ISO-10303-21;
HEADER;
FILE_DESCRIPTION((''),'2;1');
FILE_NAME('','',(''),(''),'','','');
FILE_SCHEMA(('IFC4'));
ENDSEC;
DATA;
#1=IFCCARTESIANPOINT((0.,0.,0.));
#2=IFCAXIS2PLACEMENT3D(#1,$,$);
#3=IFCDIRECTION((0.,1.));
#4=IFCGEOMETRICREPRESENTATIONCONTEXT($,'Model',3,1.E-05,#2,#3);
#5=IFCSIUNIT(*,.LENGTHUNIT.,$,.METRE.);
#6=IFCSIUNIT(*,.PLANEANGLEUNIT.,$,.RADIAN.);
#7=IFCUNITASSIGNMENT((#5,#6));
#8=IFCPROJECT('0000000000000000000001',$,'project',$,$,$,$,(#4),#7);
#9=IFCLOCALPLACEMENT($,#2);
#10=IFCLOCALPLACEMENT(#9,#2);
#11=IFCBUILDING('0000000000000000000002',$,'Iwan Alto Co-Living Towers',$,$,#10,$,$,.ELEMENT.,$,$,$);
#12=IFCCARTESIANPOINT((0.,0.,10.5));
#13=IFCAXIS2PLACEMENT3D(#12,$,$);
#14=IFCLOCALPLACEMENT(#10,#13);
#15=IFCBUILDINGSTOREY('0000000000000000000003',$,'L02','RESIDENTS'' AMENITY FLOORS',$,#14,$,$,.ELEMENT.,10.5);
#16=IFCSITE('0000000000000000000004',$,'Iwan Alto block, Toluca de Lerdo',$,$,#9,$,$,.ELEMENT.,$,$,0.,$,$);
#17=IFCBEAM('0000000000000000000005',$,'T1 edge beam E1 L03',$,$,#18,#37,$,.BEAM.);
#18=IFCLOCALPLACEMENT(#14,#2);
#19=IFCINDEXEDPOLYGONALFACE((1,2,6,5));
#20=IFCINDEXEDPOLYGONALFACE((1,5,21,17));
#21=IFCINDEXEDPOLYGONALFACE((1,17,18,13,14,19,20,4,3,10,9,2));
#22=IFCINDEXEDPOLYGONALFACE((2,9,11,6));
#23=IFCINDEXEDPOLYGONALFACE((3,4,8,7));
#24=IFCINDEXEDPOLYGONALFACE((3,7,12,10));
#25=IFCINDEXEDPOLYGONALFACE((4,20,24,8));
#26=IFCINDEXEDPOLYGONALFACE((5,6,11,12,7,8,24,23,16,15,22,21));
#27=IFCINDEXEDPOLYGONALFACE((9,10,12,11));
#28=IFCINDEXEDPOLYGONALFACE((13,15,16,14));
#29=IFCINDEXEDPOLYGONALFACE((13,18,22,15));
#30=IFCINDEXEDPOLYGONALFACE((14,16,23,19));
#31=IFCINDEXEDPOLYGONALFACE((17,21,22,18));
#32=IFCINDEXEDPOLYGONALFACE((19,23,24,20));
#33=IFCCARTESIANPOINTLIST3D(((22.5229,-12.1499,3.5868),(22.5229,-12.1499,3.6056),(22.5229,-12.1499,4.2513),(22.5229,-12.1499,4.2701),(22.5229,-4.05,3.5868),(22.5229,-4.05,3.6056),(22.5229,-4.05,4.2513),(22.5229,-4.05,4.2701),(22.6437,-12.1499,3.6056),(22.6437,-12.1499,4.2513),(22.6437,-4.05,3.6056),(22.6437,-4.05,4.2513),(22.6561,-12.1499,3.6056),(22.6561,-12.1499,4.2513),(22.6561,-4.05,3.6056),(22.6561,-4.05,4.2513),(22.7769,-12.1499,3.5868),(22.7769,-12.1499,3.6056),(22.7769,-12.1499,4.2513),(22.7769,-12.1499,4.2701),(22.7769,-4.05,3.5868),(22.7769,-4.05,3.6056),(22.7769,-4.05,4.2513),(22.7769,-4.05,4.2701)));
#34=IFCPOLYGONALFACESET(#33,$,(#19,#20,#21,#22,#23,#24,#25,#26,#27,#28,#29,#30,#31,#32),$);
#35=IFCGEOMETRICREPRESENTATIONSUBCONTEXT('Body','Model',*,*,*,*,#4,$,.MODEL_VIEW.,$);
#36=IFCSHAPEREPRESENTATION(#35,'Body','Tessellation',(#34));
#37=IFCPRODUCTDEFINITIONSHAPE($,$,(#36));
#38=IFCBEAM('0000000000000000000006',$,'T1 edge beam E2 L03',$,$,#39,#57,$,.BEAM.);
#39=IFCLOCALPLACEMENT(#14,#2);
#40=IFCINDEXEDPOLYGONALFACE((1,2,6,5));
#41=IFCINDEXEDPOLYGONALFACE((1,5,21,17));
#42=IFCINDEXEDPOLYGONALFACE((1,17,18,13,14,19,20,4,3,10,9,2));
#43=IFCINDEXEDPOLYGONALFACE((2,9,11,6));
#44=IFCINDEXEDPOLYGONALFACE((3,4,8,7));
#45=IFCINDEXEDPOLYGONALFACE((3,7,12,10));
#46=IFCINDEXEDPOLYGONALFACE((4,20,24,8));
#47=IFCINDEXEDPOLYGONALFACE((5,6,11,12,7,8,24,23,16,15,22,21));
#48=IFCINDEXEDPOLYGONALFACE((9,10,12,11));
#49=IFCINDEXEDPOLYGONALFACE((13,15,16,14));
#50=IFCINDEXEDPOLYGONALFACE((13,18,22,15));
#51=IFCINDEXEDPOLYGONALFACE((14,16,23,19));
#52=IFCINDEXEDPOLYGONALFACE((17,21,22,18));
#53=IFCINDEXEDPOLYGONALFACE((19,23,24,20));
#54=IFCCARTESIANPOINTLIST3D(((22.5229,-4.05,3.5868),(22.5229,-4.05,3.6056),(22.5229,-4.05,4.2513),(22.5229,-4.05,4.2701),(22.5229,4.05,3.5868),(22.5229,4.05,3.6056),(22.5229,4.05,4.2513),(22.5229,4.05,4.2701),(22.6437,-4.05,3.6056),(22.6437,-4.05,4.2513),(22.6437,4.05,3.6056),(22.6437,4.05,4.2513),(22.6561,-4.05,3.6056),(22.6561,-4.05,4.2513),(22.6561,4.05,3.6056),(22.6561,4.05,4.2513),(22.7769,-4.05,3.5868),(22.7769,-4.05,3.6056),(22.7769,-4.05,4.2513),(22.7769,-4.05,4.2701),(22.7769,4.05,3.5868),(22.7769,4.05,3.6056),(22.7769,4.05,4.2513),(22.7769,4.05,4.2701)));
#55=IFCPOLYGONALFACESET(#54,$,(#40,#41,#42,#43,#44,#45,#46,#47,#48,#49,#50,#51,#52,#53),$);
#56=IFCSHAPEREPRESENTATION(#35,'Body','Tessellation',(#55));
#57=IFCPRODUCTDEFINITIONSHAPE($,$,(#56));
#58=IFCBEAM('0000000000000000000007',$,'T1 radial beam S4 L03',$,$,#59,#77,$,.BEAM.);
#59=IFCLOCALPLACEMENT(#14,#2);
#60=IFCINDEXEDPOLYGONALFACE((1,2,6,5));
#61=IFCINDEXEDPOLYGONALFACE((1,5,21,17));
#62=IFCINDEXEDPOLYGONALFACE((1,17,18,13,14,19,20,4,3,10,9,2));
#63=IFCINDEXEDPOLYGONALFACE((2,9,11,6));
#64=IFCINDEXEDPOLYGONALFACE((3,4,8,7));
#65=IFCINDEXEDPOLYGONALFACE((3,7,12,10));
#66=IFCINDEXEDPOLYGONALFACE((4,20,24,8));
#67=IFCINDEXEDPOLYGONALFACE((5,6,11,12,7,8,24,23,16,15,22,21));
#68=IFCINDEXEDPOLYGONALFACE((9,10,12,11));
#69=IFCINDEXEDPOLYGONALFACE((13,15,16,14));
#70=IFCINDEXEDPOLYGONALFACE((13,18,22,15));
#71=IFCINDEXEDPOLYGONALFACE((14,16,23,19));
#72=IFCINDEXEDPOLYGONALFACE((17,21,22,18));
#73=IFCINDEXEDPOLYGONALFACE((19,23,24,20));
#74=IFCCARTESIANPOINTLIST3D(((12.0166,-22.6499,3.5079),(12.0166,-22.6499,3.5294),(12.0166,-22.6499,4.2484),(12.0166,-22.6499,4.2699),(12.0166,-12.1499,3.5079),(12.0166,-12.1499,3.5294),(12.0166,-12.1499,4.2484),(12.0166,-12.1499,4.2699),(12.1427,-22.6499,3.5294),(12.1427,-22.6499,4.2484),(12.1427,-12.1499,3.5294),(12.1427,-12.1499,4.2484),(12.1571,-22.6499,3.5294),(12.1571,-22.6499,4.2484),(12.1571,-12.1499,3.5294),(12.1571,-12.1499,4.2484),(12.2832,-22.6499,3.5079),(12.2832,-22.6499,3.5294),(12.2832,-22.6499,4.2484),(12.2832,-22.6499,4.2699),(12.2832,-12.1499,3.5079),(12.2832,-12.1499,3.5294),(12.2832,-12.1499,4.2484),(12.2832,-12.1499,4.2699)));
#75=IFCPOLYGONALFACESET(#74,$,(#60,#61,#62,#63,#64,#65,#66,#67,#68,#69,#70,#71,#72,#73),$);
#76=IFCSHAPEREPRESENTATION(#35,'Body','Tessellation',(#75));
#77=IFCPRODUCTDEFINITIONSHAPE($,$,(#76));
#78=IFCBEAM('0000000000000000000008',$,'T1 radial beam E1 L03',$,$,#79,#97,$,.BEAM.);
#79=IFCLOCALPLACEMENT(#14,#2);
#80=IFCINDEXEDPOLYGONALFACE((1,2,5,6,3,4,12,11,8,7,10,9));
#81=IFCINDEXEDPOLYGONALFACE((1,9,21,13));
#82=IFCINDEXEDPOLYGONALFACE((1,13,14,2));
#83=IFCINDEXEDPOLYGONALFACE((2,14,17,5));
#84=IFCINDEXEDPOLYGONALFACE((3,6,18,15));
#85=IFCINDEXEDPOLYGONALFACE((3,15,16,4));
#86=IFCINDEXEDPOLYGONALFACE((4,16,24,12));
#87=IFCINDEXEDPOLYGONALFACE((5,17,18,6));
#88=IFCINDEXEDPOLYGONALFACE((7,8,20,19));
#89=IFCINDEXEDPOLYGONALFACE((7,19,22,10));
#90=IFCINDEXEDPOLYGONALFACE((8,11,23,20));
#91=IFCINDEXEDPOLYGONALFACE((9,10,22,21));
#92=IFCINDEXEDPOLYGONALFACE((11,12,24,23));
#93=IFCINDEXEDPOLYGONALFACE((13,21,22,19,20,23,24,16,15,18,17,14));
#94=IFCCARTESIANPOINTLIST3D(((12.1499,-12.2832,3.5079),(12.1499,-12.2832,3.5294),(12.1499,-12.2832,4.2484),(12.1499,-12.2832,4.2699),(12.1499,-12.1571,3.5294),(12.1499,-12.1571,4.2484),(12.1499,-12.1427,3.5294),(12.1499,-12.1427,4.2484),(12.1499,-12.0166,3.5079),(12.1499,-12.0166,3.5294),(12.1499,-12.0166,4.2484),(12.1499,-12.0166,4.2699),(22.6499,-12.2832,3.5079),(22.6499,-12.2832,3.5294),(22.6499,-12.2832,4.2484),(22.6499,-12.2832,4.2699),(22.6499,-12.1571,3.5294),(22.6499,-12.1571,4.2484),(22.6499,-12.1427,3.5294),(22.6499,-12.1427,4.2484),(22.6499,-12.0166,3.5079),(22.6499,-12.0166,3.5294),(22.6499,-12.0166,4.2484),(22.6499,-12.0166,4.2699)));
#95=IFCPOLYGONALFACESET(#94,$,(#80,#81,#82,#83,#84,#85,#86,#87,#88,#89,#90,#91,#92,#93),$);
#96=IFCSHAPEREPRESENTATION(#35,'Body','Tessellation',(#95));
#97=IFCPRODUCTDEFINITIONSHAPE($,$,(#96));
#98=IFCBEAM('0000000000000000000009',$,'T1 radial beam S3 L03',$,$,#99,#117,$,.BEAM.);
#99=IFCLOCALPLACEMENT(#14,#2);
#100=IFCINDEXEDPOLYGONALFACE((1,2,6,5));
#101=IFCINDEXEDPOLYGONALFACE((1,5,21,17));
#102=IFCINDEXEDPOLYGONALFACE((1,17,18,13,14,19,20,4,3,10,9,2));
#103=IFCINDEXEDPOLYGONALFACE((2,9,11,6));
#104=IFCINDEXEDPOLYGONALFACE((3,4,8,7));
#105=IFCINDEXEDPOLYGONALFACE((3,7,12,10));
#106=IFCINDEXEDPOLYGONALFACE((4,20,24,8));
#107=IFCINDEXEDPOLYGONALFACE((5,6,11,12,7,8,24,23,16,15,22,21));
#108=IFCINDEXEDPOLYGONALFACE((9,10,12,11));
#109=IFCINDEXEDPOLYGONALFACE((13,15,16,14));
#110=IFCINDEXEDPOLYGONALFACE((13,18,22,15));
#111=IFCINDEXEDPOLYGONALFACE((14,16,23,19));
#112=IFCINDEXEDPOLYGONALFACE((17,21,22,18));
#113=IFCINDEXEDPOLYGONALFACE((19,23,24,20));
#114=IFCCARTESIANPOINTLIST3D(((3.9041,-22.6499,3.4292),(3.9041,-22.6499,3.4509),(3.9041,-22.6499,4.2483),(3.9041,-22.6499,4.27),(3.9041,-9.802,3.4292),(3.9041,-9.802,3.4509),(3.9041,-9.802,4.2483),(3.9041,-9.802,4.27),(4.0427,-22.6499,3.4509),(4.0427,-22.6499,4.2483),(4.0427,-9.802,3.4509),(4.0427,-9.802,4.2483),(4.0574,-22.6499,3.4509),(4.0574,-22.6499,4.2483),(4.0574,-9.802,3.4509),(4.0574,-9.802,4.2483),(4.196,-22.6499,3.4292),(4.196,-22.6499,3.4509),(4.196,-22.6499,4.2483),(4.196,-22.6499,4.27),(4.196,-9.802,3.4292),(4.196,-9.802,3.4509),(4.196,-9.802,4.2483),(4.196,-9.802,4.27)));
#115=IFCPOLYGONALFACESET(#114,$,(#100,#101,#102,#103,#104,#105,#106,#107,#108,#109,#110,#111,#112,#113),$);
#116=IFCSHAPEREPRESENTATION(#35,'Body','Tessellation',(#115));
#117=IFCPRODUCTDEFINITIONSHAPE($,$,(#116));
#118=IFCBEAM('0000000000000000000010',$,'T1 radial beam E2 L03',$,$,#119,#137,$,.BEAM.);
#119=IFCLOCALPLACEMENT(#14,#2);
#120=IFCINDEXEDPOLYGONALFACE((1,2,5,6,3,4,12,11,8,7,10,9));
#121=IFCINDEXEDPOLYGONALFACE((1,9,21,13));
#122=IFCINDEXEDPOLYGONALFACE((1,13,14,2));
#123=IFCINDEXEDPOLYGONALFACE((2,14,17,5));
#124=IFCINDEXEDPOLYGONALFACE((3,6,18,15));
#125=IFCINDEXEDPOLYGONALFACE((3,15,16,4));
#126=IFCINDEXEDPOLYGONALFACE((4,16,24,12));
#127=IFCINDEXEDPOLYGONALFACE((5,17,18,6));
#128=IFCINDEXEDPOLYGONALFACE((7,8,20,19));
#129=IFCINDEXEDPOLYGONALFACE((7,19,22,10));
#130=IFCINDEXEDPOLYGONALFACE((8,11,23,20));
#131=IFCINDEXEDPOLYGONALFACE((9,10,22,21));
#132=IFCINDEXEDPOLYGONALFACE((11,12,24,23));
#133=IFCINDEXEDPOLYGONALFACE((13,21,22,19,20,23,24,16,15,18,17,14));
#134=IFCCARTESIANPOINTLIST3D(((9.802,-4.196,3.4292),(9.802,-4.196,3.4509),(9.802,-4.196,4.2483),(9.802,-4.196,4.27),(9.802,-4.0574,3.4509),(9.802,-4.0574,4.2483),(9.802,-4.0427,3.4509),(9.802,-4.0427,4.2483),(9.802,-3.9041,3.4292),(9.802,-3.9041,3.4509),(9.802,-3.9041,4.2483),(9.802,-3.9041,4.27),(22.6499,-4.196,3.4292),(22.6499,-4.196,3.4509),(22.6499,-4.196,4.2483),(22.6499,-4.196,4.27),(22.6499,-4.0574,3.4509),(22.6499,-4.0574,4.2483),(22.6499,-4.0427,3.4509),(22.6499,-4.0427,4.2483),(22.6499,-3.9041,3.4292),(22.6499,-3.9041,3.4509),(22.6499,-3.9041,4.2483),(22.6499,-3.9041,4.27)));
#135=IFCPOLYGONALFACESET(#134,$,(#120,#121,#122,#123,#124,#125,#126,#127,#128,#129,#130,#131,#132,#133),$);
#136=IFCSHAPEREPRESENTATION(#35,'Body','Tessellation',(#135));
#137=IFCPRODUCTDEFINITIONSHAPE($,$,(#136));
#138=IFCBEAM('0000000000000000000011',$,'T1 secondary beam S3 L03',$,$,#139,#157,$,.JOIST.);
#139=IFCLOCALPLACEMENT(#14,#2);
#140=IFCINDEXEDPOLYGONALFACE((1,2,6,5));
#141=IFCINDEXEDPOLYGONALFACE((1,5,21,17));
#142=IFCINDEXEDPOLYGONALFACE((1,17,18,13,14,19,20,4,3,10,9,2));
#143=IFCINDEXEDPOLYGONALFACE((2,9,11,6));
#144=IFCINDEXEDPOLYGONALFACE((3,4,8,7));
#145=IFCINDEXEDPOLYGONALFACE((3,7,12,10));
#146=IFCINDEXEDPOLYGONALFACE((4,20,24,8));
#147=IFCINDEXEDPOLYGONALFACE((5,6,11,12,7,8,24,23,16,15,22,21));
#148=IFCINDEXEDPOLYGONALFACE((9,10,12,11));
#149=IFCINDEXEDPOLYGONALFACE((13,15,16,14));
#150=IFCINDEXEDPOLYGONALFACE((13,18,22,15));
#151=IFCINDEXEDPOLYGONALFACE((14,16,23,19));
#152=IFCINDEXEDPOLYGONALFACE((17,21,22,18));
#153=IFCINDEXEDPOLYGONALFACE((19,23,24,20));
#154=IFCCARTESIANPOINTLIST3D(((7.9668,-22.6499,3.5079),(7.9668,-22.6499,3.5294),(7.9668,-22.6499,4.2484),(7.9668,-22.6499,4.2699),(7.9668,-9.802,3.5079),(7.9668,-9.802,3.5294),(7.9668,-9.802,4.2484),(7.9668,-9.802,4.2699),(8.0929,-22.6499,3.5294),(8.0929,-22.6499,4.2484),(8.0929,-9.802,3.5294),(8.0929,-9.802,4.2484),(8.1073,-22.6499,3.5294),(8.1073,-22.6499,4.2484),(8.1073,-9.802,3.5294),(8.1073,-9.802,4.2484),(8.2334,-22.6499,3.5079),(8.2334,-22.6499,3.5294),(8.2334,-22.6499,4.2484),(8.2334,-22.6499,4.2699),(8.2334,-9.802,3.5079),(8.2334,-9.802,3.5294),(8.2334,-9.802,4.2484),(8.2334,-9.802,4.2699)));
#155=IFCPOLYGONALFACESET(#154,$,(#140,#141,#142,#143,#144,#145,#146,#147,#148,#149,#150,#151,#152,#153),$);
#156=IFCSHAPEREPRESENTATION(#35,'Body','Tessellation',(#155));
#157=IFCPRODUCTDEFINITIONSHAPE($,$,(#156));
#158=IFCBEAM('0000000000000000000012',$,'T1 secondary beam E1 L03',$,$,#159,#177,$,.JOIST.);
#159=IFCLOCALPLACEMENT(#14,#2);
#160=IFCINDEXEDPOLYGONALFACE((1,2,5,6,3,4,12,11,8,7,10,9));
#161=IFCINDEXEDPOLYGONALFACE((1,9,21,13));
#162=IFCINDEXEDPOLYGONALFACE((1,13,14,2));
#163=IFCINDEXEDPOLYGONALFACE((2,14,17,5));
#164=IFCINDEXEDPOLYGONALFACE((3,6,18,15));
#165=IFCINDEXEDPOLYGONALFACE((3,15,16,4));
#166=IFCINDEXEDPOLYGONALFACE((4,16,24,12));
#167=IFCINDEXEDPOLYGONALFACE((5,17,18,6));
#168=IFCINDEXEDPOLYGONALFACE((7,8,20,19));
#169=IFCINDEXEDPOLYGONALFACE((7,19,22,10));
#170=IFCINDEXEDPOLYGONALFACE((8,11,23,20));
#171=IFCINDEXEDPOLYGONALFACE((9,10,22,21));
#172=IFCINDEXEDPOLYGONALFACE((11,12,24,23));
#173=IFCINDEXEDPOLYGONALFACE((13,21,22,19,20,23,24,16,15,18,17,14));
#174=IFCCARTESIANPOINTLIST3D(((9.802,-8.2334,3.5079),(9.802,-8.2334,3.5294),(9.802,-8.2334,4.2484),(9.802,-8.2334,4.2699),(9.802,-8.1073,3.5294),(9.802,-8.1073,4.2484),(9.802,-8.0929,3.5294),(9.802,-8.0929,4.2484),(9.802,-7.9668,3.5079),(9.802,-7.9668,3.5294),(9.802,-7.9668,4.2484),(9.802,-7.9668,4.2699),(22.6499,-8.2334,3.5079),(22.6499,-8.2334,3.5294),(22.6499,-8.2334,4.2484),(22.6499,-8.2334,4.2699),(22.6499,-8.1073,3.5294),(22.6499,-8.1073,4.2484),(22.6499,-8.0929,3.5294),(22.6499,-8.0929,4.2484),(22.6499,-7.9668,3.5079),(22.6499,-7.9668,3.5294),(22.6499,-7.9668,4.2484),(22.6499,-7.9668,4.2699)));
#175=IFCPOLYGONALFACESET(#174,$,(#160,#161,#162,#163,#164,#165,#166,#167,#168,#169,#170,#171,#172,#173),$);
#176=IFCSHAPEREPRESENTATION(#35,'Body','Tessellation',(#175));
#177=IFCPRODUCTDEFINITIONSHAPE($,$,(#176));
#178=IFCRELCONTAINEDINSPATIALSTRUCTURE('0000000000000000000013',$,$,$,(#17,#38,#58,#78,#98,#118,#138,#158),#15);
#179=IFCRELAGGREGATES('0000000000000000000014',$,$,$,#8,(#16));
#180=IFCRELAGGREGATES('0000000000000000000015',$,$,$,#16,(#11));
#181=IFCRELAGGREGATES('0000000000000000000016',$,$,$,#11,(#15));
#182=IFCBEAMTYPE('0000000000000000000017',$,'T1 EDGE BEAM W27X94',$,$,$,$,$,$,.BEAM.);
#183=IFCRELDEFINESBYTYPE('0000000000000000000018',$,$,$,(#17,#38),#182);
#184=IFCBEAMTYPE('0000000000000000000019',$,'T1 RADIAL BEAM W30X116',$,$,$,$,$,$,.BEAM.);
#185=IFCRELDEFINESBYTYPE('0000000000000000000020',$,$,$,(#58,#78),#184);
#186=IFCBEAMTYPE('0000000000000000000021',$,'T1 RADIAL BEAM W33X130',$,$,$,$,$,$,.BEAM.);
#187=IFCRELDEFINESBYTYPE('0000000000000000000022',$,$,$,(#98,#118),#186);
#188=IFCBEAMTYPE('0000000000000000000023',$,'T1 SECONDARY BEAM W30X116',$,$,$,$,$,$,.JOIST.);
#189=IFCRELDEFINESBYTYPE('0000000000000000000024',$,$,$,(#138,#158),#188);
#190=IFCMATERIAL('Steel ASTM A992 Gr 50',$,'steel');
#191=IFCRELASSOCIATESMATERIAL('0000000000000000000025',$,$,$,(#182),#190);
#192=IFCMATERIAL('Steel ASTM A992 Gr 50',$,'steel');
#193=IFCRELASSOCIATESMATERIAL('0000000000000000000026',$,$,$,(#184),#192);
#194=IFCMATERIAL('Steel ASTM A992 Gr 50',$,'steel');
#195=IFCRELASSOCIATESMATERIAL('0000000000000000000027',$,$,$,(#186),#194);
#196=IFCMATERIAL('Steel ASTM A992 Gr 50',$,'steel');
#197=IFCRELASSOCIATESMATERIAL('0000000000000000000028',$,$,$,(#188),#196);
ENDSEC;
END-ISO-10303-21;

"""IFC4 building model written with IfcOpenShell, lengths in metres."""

from ifc_helpers import new_model, si_unit, direction, frame, origin, origin_2d, place, context, subcontext, project, spatial, i_section, extrude, material, material_profile, profile_set, type_object, element, save


model = new_model("IFC4")

# Units and contexts
model_context = context("Model", 3, precision=1e-05, world=origin(), true_north=direction((0.0, 1.0)))
body_context = subcontext(model_context, "Body", "Model", "MODEL_VIEW")
ifc_project = project(units=[si_unit("LENGTHUNIT", "METRE"), si_unit("PLANEANGLEUNIT", "RADIAN")], contexts=[model_context])

# Site, building, storey
site_placement = place(None, origin())
site = spatial("IfcSite", under=ifc_project, at=site_placement, Name="Iwan Alto block, Toluca de Lerdo", CompositionType="ELEMENT", RefElevation=0.0)
building_placement = place(site_placement, origin())
building = spatial("IfcBuilding", under=site, at=building_placement, Name="Iwan Alto Co-Living Towers", CompositionType="ELEMENT")
storey_placement = place(building_placement, frame((0.0, 0.0, 10.5)))
storey = spatial("IfcBuildingStorey", under=building, at=storey_placement, Name="L02", Description="RESIDENTS' AMENITY FLOORS", CompositionType="ELEMENT", Elevation=10.5)

# Beams
ifc_material_1 = material(Name="Steel ASTM A992 Gr 50", Category="steel")
ifc_material_profile_1 = material_profile(ifc_material_1, i_section(OverallWidth=0.2539, OverallDepth=0.6833, WebThickness=0.0125, FlangeThickness=0.0188, at=origin_2d()), Name="W27X94")
ifc_profile_set_1 = profile_set([ifc_material_profile_1], Name="Steel ASTM A992 Gr 50")
beam_type_1 = type_object("IfcBeamType", Name="T1 EDGE BEAM W27X94", PredefinedType="BEAM", material=ifc_profile_set_1)
beam_1_placement = place(storey_placement, frame((22.6499, -12.1499, 3.9285), z_axis=(0.0, 1.0, 0.0), x_axis=(-1.0, 0.0, 0.0)))
element("IfcBeam", 1, at=beam_1_placement, inside=storey, type_object=beam_type_1, Name="T1 edge beam E1 L03", PredefinedType="BEAM", context=body_context, shape_type="SweptSolid", body=[
    extrude(i_section(OverallWidth=0.2539, OverallDepth=0.6833, WebThickness=0.0125, FlangeThickness=0.0188, at=origin_2d()), origin(), (0.0, 0.0, 1.0), 8.0999),
])
beam_2_placement = place(storey_placement, frame((22.6499, -4.05, 3.9285), z_axis=(0.0, 1.0, 0.0), x_axis=(-1.0, 0.0, 0.0)))
element("IfcBeam", 2, at=beam_2_placement, inside=storey, type_object=beam_type_1, Name="T1 edge beam E2 L03", PredefinedType="BEAM", context=body_context, shape_type="SweptSolid", body=[
    extrude(i_section(OverallWidth=0.2539, OverallDepth=0.6833, WebThickness=0.0125, FlangeThickness=0.0188, at=origin_2d()), origin(), (0.0, 0.0, 1.0), 8.1001),
])
ifc_material_2 = material(Name="Steel ASTM A992 Gr 50", Category="steel")
ifc_material_profile_2 = material_profile(ifc_material_2, i_section(OverallWidth=0.2666, OverallDepth=0.762, WebThickness=0.0144, FlangeThickness=0.0215, at=origin_2d()), Name="W30X116")
ifc_profile_set_2 = profile_set([ifc_material_profile_2], Name="Steel ASTM A992 Gr 50")
beam_type_2 = type_object("IfcBeamType", Name="T1 RADIAL BEAM W30X116", PredefinedType="BEAM", material=ifc_profile_set_2)
for number, where, z_axis, x_axis, name in (
    (3, (12.1499, -22.6499, 3.8889), (0.0, 1.0, 0.0), (-1.0, 0.0, 0.0), "T1 radial beam S4 L03"),
    (4, (22.6499, -12.1499, 3.8889), (-1.0, 0.0, 0.0), (0.0, -1.0, 0.0), "T1 radial beam E1 L03"),
):
    element("IfcBeam", number, at=place(storey_placement, frame(where, z_axis=z_axis, x_axis=x_axis)), inside=storey, type_object=beam_type_2, Name=name, PredefinedType="BEAM", context=body_context, shape_type="SweptSolid", body=[
        extrude(i_section(OverallWidth=0.2666, OverallDepth=0.762, WebThickness=0.0144, FlangeThickness=0.0215, at=origin_2d()), origin(), (0.0, 0.0, 1.0), 10.5),
    ])
ifc_material_3 = material(Name="Steel ASTM A992 Gr 50", Category="steel")
ifc_material_profile_3 = material_profile(ifc_material_3, i_section(OverallWidth=0.292, OverallDepth=0.8408, WebThickness=0.0146, FlangeThickness=0.0217, at=origin_2d()), Name="W33X130")
ifc_profile_set_3 = profile_set([ifc_material_profile_3], Name="Steel ASTM A992 Gr 50")
beam_type_3 = type_object("IfcBeamType", Name="T1 RADIAL BEAM W33X130", PredefinedType="BEAM", material=ifc_profile_set_3)
for number, where, z_axis, x_axis, name in (
    (5, (4.05, -22.6499, 3.8496), (0.0, 1.0, 0.0), (-1.0, 0.0, 0.0), "T1 radial beam S3 L03"),
    (6, (22.6499, -4.05, 3.8496), (-1.0, 0.0, 0.0), (0.0, -1.0, 0.0), "T1 radial beam E2 L03"),
):
    element("IfcBeam", number, at=place(storey_placement, frame(where, z_axis=z_axis, x_axis=x_axis)), inside=storey, type_object=beam_type_3, Name=name, PredefinedType="BEAM", context=body_context, shape_type="SweptSolid", body=[
        extrude(i_section(OverallWidth=0.292, OverallDepth=0.8408, WebThickness=0.0146, FlangeThickness=0.0217, at=origin_2d()), origin(), (0.0, 0.0, 1.0), 12.8479),
    ])
ifc_material_4 = material(Name="Steel ASTM A992 Gr 50", Category="steel")
ifc_material_profile_4 = material_profile(ifc_material_4, i_section(OverallWidth=0.2666, OverallDepth=0.762, WebThickness=0.0144, FlangeThickness=0.0215, at=origin_2d()), Name="W30X116")
ifc_profile_set_4 = profile_set([ifc_material_profile_4], Name="Steel ASTM A992 Gr 50")
beam_type_4 = type_object("IfcBeamType", Name="T1 SECONDARY BEAM W30X116", PredefinedType="JOIST", material=ifc_profile_set_4)
for number, where, z_axis, x_axis, name in (
    (7, (8.1001, -22.6499, 3.8889), (0.0, 1.0, 0.0), (-1.0, 0.0, 0.0), "T1 secondary beam S3 L03"),
    (8, (22.6499, -8.1001, 3.8889), (-1.0, 0.0, 0.0), (0.0, -1.0, 0.0), "T1 secondary beam E1 L03"),
):
    element("IfcBeam", number, at=place(storey_placement, frame(where, z_axis=z_axis, x_axis=x_axis)), inside=storey, type_object=beam_type_4, Name=name, PredefinedType="JOIST", context=body_context, shape_type="SweptSolid", body=[
        extrude(i_section(OverallWidth=0.2666, OverallDepth=0.762, WebThickness=0.0144, FlangeThickness=0.0215, at=origin_2d()), origin(), (0.0, 0.0, 1.0), 12.8479),
    ])

save(model, "model.ifc")
